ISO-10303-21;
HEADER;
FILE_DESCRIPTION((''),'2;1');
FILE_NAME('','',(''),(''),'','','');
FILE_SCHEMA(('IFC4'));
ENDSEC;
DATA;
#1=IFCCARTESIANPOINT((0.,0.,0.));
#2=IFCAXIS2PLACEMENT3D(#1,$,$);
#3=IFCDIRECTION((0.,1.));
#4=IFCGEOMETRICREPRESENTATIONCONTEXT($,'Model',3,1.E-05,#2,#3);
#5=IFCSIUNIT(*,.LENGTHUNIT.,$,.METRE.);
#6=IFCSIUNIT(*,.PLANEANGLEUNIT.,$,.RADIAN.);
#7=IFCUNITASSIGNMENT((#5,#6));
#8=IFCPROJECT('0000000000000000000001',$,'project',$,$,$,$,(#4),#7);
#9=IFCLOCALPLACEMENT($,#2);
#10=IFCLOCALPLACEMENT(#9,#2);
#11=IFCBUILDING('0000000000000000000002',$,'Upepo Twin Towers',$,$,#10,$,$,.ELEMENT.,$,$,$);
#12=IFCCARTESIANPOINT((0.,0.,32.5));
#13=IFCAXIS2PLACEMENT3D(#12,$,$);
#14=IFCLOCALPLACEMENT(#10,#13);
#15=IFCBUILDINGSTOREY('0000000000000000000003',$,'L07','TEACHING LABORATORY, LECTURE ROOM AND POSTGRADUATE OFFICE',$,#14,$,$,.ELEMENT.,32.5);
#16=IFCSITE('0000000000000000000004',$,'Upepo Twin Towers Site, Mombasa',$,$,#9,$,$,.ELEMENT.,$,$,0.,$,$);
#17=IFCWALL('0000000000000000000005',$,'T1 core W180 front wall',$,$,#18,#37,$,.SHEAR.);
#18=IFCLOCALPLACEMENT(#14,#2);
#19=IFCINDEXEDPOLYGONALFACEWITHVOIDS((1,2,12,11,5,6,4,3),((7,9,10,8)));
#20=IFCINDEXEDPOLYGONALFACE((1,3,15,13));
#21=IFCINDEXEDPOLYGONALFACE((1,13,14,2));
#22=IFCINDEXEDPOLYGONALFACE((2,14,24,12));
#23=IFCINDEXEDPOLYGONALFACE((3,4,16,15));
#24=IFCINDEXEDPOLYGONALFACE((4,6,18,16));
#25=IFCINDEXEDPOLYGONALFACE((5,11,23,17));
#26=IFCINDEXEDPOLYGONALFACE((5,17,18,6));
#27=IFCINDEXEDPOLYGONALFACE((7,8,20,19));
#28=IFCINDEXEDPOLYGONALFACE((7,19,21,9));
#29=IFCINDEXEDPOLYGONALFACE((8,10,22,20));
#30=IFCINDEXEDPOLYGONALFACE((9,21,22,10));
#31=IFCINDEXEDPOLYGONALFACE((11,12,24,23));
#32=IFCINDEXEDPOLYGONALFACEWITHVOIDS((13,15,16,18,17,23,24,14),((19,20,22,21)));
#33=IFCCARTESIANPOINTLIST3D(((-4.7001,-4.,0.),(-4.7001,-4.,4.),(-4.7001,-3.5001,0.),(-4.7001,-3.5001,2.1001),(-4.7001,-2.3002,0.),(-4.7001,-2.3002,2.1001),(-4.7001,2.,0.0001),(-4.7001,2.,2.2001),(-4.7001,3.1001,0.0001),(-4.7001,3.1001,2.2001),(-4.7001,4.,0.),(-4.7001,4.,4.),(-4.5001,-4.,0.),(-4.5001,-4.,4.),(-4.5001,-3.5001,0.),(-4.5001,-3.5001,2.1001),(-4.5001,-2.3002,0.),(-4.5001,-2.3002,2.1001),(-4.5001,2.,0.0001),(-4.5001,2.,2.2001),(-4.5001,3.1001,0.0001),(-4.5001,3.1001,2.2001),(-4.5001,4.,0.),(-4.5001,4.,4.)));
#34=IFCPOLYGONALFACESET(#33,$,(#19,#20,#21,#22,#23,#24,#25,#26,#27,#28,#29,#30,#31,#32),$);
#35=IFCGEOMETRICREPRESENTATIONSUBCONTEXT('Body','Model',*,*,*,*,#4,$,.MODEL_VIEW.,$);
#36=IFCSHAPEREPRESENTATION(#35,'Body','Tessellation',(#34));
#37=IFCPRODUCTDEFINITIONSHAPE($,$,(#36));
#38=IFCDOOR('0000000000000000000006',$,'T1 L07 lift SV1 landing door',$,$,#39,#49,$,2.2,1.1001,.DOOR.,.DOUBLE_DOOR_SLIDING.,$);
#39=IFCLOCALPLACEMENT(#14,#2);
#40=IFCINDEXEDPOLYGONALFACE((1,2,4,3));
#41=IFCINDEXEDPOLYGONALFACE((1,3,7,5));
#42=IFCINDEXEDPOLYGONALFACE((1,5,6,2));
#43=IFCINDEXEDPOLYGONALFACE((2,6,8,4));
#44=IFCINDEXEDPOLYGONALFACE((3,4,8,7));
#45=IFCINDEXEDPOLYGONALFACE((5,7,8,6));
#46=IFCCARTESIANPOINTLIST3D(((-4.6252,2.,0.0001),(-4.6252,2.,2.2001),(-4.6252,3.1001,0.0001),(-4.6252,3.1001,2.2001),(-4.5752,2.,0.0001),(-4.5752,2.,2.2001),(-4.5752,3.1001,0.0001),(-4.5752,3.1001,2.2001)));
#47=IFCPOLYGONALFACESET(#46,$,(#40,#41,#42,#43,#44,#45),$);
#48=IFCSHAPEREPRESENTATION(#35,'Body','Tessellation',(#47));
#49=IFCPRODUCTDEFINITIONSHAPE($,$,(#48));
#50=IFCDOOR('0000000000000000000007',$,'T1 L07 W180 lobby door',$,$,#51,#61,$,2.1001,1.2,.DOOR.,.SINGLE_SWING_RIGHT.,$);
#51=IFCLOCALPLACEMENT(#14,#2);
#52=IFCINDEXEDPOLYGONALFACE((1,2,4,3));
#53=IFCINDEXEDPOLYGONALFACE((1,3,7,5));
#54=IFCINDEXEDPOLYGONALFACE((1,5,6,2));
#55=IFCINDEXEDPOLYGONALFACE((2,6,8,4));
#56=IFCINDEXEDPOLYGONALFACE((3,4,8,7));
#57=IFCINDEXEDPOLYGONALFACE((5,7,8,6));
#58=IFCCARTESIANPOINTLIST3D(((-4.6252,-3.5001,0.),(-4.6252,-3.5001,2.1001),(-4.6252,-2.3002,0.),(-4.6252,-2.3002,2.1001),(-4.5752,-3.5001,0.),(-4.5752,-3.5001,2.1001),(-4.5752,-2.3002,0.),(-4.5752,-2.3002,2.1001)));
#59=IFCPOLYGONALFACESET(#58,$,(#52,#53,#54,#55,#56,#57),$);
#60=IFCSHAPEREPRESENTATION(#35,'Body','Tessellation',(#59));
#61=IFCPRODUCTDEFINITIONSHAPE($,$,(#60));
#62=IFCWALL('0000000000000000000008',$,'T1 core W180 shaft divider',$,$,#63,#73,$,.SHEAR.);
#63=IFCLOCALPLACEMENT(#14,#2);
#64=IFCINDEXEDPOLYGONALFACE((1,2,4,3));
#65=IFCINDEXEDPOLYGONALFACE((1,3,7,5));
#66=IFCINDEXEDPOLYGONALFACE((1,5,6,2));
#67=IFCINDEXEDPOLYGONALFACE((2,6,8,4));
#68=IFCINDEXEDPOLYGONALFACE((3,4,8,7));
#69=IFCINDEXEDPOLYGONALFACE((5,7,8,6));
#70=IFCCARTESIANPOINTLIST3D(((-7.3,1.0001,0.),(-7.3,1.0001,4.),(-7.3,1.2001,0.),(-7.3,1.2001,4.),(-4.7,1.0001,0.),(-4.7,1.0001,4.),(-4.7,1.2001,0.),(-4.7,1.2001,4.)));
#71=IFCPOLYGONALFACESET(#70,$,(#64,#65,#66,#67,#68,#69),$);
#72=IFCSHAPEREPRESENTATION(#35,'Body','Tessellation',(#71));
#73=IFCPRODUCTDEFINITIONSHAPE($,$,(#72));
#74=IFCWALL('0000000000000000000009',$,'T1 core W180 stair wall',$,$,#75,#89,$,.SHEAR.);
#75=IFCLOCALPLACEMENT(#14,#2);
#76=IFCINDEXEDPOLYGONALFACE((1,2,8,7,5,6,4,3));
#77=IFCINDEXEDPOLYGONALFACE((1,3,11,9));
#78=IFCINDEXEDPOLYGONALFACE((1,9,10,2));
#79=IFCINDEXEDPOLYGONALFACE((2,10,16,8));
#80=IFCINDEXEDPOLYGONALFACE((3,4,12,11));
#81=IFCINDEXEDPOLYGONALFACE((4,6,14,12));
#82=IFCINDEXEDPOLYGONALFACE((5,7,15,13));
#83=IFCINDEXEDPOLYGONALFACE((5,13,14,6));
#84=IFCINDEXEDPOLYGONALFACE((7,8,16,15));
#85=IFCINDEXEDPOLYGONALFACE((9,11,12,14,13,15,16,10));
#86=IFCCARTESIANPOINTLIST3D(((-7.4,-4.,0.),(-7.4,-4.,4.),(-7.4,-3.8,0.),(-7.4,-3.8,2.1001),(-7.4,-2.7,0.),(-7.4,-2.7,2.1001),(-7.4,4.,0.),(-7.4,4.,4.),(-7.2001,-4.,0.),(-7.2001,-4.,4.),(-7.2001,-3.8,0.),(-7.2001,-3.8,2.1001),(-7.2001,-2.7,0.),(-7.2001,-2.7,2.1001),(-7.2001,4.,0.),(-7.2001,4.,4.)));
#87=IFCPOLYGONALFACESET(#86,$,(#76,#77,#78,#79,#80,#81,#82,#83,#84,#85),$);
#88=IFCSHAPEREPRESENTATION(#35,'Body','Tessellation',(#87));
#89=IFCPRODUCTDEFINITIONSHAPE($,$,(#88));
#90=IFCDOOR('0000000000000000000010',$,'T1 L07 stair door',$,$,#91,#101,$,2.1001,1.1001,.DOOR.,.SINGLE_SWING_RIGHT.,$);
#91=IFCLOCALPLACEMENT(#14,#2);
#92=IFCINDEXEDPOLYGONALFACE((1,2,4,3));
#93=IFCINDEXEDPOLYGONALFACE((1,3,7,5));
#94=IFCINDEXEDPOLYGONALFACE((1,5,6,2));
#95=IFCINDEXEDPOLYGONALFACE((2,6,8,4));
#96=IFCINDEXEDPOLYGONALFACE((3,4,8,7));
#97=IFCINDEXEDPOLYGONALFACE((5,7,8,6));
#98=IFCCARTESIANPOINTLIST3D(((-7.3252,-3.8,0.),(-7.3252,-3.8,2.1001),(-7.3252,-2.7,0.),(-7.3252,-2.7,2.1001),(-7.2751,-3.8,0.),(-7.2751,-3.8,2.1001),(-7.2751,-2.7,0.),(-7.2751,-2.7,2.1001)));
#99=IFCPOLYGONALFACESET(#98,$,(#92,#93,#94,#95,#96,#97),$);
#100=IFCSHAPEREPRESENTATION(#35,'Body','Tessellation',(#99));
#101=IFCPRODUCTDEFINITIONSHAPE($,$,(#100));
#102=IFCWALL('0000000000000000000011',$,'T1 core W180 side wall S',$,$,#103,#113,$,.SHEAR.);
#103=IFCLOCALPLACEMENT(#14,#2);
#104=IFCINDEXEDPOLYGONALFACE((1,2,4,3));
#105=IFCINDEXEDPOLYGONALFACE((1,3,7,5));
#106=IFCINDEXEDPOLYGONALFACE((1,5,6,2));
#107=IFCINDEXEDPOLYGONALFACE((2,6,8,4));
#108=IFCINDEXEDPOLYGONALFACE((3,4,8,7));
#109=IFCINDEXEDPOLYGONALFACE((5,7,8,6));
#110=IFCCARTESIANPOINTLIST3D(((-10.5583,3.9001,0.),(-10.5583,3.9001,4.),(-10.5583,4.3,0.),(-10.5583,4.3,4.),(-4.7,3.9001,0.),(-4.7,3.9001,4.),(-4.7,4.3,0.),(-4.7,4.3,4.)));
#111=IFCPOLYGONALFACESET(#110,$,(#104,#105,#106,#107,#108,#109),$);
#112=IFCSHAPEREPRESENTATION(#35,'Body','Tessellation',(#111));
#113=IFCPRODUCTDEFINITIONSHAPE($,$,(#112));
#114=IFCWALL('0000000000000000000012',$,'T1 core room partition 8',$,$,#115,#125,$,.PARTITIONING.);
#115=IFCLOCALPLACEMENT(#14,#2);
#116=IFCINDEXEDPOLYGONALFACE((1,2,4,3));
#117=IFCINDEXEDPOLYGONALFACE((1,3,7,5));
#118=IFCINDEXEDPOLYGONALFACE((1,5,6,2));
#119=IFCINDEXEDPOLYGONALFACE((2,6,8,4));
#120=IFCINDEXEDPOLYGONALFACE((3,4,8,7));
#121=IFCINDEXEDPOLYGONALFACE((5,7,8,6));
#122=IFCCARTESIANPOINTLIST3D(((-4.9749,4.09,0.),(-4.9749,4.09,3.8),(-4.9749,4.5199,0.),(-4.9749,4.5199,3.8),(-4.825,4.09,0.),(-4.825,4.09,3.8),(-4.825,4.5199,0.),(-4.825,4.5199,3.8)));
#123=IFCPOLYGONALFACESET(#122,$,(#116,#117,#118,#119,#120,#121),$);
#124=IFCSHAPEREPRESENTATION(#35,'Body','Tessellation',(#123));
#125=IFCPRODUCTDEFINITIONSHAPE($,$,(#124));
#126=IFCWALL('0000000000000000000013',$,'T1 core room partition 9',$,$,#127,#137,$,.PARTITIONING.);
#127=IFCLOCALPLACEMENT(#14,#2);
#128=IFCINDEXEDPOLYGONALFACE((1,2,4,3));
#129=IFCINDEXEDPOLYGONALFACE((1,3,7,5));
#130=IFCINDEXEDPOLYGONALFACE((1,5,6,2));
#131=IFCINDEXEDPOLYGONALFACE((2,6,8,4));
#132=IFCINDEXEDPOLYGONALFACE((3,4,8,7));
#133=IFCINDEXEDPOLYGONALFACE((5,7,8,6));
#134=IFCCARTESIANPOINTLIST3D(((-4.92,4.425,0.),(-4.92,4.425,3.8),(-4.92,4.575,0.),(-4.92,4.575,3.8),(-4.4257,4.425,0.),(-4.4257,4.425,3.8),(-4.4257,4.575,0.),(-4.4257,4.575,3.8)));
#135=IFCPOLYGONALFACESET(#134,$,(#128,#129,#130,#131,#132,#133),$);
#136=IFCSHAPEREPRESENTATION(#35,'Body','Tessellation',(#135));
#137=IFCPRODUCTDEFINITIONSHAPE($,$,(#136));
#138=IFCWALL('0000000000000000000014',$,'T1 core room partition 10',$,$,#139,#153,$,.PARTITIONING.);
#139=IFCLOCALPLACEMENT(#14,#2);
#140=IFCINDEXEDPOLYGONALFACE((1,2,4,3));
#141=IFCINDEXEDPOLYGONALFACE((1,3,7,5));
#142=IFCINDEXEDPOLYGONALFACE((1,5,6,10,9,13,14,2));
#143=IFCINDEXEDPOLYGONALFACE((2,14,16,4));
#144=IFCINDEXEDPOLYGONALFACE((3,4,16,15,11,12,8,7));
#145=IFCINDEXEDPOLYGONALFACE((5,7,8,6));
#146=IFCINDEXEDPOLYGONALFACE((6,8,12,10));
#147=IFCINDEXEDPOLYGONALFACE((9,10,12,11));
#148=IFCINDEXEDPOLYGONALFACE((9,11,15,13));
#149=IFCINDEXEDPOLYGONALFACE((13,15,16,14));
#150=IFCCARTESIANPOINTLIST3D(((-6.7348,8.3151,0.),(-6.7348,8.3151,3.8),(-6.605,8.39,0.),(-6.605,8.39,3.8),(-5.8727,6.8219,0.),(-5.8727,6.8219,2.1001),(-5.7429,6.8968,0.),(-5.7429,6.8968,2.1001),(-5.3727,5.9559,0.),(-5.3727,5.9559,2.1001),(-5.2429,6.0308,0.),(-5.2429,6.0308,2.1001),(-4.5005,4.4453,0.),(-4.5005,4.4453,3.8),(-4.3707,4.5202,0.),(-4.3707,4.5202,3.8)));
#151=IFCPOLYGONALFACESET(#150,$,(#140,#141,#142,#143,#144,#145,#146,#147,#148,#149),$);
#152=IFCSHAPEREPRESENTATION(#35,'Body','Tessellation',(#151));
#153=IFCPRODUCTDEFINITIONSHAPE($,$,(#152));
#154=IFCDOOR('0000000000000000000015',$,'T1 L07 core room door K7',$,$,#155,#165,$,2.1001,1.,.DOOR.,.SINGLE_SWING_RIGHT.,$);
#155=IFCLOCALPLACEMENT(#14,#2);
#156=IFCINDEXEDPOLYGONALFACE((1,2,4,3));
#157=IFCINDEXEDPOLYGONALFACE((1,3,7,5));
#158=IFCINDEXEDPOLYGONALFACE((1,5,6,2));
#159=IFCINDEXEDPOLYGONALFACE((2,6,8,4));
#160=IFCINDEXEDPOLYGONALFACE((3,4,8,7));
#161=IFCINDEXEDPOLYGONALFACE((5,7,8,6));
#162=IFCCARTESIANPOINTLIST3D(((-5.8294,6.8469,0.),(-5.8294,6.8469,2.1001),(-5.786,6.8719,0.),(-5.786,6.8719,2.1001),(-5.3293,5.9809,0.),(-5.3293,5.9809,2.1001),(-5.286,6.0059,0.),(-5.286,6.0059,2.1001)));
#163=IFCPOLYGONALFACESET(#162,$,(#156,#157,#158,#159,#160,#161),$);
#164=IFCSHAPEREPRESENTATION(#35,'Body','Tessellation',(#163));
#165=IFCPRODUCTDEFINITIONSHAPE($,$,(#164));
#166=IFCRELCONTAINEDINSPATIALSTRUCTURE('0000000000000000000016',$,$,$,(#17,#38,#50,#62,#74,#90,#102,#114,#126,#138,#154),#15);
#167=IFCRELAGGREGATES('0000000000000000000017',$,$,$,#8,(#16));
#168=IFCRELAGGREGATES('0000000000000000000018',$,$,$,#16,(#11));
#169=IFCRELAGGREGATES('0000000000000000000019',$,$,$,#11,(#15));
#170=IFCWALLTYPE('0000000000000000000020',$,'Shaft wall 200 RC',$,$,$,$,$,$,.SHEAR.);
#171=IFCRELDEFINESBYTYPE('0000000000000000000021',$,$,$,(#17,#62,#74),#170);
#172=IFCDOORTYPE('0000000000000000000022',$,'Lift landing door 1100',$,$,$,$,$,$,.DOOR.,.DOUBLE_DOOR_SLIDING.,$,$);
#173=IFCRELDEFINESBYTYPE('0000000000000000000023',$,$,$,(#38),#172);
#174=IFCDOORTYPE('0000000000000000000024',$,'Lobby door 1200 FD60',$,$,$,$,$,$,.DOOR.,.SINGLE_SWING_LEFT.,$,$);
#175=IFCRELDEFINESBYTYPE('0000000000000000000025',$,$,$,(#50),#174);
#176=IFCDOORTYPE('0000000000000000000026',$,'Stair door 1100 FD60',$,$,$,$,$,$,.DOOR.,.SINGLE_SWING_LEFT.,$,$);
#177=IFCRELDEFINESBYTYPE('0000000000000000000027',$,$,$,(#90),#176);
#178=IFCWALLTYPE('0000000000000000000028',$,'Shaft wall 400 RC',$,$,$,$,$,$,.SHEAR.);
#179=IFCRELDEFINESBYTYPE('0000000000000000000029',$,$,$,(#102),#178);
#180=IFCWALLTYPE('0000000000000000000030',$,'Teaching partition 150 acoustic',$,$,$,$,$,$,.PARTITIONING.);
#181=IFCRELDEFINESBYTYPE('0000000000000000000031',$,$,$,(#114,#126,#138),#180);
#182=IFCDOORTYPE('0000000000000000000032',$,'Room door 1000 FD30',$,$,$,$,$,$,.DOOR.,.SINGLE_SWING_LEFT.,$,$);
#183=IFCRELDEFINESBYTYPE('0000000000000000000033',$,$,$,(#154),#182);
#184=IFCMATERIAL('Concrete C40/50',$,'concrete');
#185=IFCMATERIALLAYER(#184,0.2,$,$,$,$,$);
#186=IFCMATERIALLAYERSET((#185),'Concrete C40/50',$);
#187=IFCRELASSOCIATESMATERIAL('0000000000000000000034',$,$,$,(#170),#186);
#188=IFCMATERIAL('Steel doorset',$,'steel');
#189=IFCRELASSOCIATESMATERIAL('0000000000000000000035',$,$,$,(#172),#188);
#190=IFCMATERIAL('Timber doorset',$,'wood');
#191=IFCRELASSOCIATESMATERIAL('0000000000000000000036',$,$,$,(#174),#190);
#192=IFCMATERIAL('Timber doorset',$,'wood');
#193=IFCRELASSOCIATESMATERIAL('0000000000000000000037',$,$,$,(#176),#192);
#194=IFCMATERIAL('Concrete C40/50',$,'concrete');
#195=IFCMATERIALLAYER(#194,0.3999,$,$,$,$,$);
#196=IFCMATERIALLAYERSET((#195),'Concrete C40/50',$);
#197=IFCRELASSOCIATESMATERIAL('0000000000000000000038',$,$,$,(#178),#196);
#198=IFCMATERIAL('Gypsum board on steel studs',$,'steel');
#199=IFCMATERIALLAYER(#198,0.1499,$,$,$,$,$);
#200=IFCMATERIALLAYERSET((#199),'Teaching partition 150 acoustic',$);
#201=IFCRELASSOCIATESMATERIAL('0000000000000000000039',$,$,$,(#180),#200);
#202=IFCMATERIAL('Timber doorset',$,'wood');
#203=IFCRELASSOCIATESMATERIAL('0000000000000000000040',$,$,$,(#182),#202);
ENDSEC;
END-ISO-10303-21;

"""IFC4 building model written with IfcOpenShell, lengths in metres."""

from ifc_helpers import new_model, si_unit, direction, frame, frame_2d, origin, place, context, subcontext, project, spatial, rectangle, extrude, material, layer, layer_set, type_object, element, fill, save


model = new_model("IFC4")

# Units and contexts
model_context = context("Model", 3, precision=1e-05, world=origin(), true_north=direction((0.0, 1.0)))
body_context = subcontext(model_context, "Body", "Model", "MODEL_VIEW")
ifc_project = project(units=[si_unit("LENGTHUNIT", "METRE"), si_unit("PLANEANGLEUNIT", "RADIAN")], contexts=[model_context])

# Site, building, storey
site_placement = place(None, origin())
site = spatial("IfcSite", under=ifc_project, at=site_placement, Name="Upepo Twin Towers Site, Mombasa", CompositionType="ELEMENT", RefElevation=0.0)
building_placement = place(site_placement, origin())
building = spatial("IfcBuilding", under=site, at=building_placement, Name="Upepo Twin Towers", CompositionType="ELEMENT")
storey_placement = place(building_placement, frame((0.0, 0.0, 32.5)))
storey = spatial("IfcBuildingStorey", under=building, at=storey_placement, Name="L07", Description="TEACHING LABORATORY, LECTURE ROOM AND POSTGRADUATE OFFICE", CompositionType="ELEMENT", Elevation=32.5)

# Wall, openings, doors
ifc_material_1 = material(Name="Concrete C40/50", Category="concrete")
ifc_layer_1 = layer(ifc_material_1, 0.2)
ifc_layer_set_1 = layer_set([ifc_layer_1], Name="Concrete C40/50")
wall_type_1 = type_object("IfcWallType", Name="Shaft wall 200 RC", PredefinedType="SHEAR", material=ifc_layer_set_1)
wall_1_placement = place(storey_placement, frame((-4.6001, 4.0, 0.0), z_axis=(0.0, 0.0, 1.0), x_axis=(0.0, -1.0, 0.0)))
wall_1 = element("IfcWall", 1, at=wall_1_placement, inside=storey, type_object=wall_type_1, Name="T1 core W180 front wall", PredefinedType="SHEAR", context=body_context, shape_type="SweptSolid", body=[
    extrude(rectangle(XDim=8.0, YDim=0.2, at=frame_2d((4.0, 0.0))), origin(), (0.0, 0.0, 1.0), 4.0),
])
opening_1_placement = place(wall_1_placement, frame((6.3, 0.0, 0.0)))
opening_1 = element("IfcOpeningElement", 2, at=opening_1_placement, cuts=wall_1, PredefinedType="OPENING", context=body_context, shape_type="SweptSolid", body=[
    extrude(rectangle(XDim=1.2, YDim=2.1001, at=frame_2d((0.6001, 1.05))), frame((0.0, 0.1099, 0.0), z_axis=(0.0, -1.0, 0.0), x_axis=(1.0, 0.0, 0.0)), (0.0, 0.0, 1.0), 0.22),
])
opening_2_placement = place(wall_1_placement, frame((0.8999, 0.0, 0.0)))
opening_2 = element("IfcOpeningElement", 3, at=opening_2_placement, cuts=wall_1, PredefinedType="OPENING", context=body_context, shape_type="SweptSolid", body=[
    extrude(rectangle(XDim=1.1001, YDim=2.2, at=frame_2d((0.55, 1.1001))), frame((0.0, 0.1099, 0.0), z_axis=(0.0, -1.0, 0.0), x_axis=(1.0, 0.0, 0.0)), (0.0, 0.0, 1.0), 0.22),
])
ifc_material_2 = material(Name="Steel doorset", Category="steel")
door_type_1 = type_object("IfcDoorType", Name="Lift landing door 1100", OperationType="DOUBLE_DOOR_SLIDING", PredefinedType="DOOR", material=ifc_material_2)
door_1_placement = place(opening_2_placement, origin())
door_1 = element("IfcDoor", 4, at=door_1_placement, inside=storey, type_object=door_type_1, Name="T1 L07 lift SV1 landing door", OperationType="DOUBLE_DOOR_SLIDING", OverallHeight=2.2, OverallWidth=1.1001, PredefinedType="DOOR", context=body_context, shape_type="SweptSolid", body=[
    extrude(rectangle(XDim=1.1001, YDim=2.2, at=frame_2d((0.55, 1.1001))), frame((0.0, 0.0249, 0.0), z_axis=(0.0, -1.0, 0.0), x_axis=(1.0, 0.0, 0.0)), (0.0, 0.0, 1.0), 0.05),
])
fill(opening_2, door_1)
ifc_material_3 = material(Name="Timber doorset", Category="wood")
door_type_2 = type_object("IfcDoorType", Name="Lobby door 1200 FD60", OperationType="SINGLE_SWING_LEFT", PredefinedType="DOOR", material=ifc_material_3)
door_2_placement = place(opening_1_placement, origin())
door_2 = element("IfcDoor", 5, at=door_2_placement, inside=storey, type_object=door_type_2, Name="T1 L07 W180 lobby door", OperationType="SINGLE_SWING_RIGHT", OverallHeight=2.1001, OverallWidth=1.2, PredefinedType="DOOR", context=body_context, shape_type="SweptSolid", body=[
    extrude(rectangle(XDim=1.2, YDim=2.1001, at=frame_2d((0.6001, 1.05))), frame((0.0, 0.0249, 0.0), z_axis=(0.0, -1.0, 0.0), x_axis=(1.0, 0.0, 0.0)), (0.0, 0.0, 1.0), 0.05),
])
fill(opening_1, door_2)

# Wall
wall_2_placement = place(storey_placement, frame((-4.7, 1.1001, 0.0), z_axis=(0.0, 0.0, 1.0), x_axis=(-1.0, 0.0, 0.0)))
element("IfcWall", 6, at=wall_2_placement, inside=storey, type_object=wall_type_1, Name="T1 core W180 shaft divider", PredefinedType="SHEAR", context=body_context, shape_type="SweptSolid", body=[
    extrude(rectangle(XDim=2.6001, YDim=0.2, at=frame_2d((1.3, 0.0))), origin(), (0.0, 0.0, 1.0), 4.0),
])

# Wall, opening, door
wall_3_placement = place(storey_placement, frame((-7.3, 4.0, 0.0), z_axis=(0.0, 0.0, 1.0), x_axis=(0.0, -1.0, 0.0)))
wall_3 = element("IfcWall", 7, at=wall_3_placement, inside=storey, type_object=wall_type_1, Name="T1 core W180 stair wall", PredefinedType="SHEAR", context=body_context, shape_type="SweptSolid", body=[
    extrude(rectangle(XDim=8.0, YDim=0.2, at=frame_2d((4.0, 0.0))), origin(), (0.0, 0.0, 1.0), 4.0),
])
opening_3_placement = place(wall_3_placement, frame((6.7, 0.0, 0.0)))
opening_3 = element("IfcOpeningElement", 8, at=opening_3_placement, cuts=wall_3, PredefinedType="OPENING", context=body_context, shape_type="SweptSolid", body=[
    extrude(rectangle(XDim=1.1001, YDim=2.1001, at=frame_2d((0.55, 1.05))), frame((0.0, 0.1099, 0.0), z_axis=(0.0, -1.0, 0.0), x_axis=(1.0, 0.0, 0.0)), (0.0, 0.0, 1.0), 0.22),
])
ifc_material_4 = material(Name="Timber doorset", Category="wood")
door_type_3 = type_object("IfcDoorType", Name="Stair door 1100 FD60", OperationType="SINGLE_SWING_LEFT", PredefinedType="DOOR", material=ifc_material_4)
door_3_placement = place(opening_3_placement, origin())
door_3 = element("IfcDoor", 9, at=door_3_placement, inside=storey, type_object=door_type_3, Name="T1 L07 stair door", OperationType="SINGLE_SWING_RIGHT", OverallHeight=2.1001, OverallWidth=1.1001, PredefinedType="DOOR", context=body_context, shape_type="SweptSolid", body=[
    extrude(rectangle(XDim=1.1001, YDim=2.1001, at=frame_2d((0.55, 1.05))), frame((0.0, 0.0249, 0.0), z_axis=(0.0, -1.0, 0.0), x_axis=(1.0, 0.0, 0.0)), (0.0, 0.0, 1.0), 0.05),
])
fill(opening_3, door_3)

# Walls
ifc_material_5 = material(Name="Concrete C40/50", Category="concrete")
ifc_layer_2 = layer(ifc_material_5, 0.3999)
ifc_layer_set_2 = layer_set([ifc_layer_2], Name="Concrete C40/50")
wall_type_2 = type_object("IfcWallType", Name="Shaft wall 400 RC", PredefinedType="SHEAR", material=ifc_layer_set_2)
wall_4_placement = place(storey_placement, frame((-4.7, 4.1001, 0.0), z_axis=(0.0, 0.0, 1.0), x_axis=(-1.0, 0.0, 0.0)))
element("IfcWall", 10, at=wall_4_placement, inside=storey, type_object=wall_type_2, Name="T1 core W180 side wall S", PredefinedType="SHEAR", context=body_context, shape_type="SweptSolid", body=[
    extrude(rectangle(XDim=5.8584, YDim=0.3999, at=frame_2d((2.9292, 0.0))), origin(), (0.0, 0.0, 1.0), 4.0),
])
ifc_material_6 = material(Name="Gypsum board on steel studs", Category="steel")
ifc_layer_3 = layer(ifc_material_6, 0.1499)
ifc_layer_set_3 = layer_set([ifc_layer_3], Name="Teaching partition 150 acoustic")
wall_type_3 = type_object("IfcWallType", Name="Teaching partition 150 acoustic", PredefinedType="PARTITIONING", material=ifc_layer_set_3)
wall_5_placement = place(storey_placement, frame((-4.8999, 4.0901, 0.0), z_axis=(0.0, 0.0, 1.0), x_axis=(0.0, 1.0, 0.0)))
element("IfcWall", 11, at=wall_5_placement, inside=storey, type_object=wall_type_3, Name="T1 core room partition 8", PredefinedType="PARTITIONING", context=body_context, shape_type="SweptSolid", body=[
    extrude(rectangle(XDim=0.4299, YDim=0.1499, at=frame_2d((0.2148, 0.0))), origin(), (0.0, 0.0, 1.0), 3.8),
])
wall_6_placement = place(storey_placement, frame((-4.9199, 4.5, 0.0), z_axis=(0.0, 0.0, 1.0), x_axis=(1.0, 0.0, 0.0)))
element("IfcWall", 12, at=wall_6_placement, inside=storey, type_object=wall_type_3, Name="T1 core room partition 9", PredefinedType="PARTITIONING", context=body_context, shape_type="SweptSolid", body=[
    extrude(rectangle(XDim=0.4944, YDim=0.1499, at=frame_2d((0.2471, 0.0))), origin(), (0.0, 0.0, 1.0), 3.8),
])

# Wall, opening, door
wall_7_placement = place(storey_placement, frame((-4.4355, 4.4827, 0.0), z_axis=(0.0, 0.0, 1.0), x_axis=(-0.500017, 0.866015, 0.0)))
wall_7 = element("IfcWall", 13, at=wall_7_placement, inside=storey, type_object=wall_type_3, Name="T1 core room partition 10", PredefinedType="PARTITIONING", context=body_context, shape_type="SweptSolid", body=[
    extrude(rectangle(XDim=4.4685, YDim=0.1499, at=frame_2d((2.2344, 0.0))), origin(), (0.0, 0.0, 1.0), 3.8),
])
opening_4_placement = place(wall_7_placement, frame((1.7444, 0.0, 0.0)))
opening_4 = element("IfcOpeningElement", 14, at=opening_4_placement, cuts=wall_7, PredefinedType="OPENING", context=body_context, shape_type="SweptSolid", body=[
    extrude(rectangle(XDim=1.0, YDim=2.1001, at=frame_2d((0.5, 1.05))), frame((0.0, 0.085, 0.0), z_axis=(0.0, -1.0, 0.0), x_axis=(1.0, 0.0, 0.0)), (0.0, 0.0, 1.0), 0.1699),
])
ifc_material_7 = material(Name="Timber doorset", Category="wood")
door_type_4 = type_object("IfcDoorType", Name="Room door 1000 FD30", OperationType="SINGLE_SWING_LEFT", PredefinedType="DOOR", material=ifc_material_7)
door_4_placement = place(opening_4_placement, origin())
door_4 = element("IfcDoor", 15, at=door_4_placement, inside=storey, type_object=door_type_4, Name="T1 L07 core room door K7", OperationType="SINGLE_SWING_RIGHT", OverallHeight=2.1001, OverallWidth=1.0, PredefinedType="DOOR", context=body_context, shape_type="SweptSolid", body=[
    extrude(rectangle(XDim=1.0, YDim=2.1001, at=frame_2d((0.5, 1.05))), frame((0.0, 0.0249, 0.0), z_axis=(0.0, -1.0, 0.0), x_axis=(1.0, 0.0, 0.0)), (0.0, 0.0, 1.0), 0.05),
])
fill(opening_4, door_4)

save(model, "model.ifc")
